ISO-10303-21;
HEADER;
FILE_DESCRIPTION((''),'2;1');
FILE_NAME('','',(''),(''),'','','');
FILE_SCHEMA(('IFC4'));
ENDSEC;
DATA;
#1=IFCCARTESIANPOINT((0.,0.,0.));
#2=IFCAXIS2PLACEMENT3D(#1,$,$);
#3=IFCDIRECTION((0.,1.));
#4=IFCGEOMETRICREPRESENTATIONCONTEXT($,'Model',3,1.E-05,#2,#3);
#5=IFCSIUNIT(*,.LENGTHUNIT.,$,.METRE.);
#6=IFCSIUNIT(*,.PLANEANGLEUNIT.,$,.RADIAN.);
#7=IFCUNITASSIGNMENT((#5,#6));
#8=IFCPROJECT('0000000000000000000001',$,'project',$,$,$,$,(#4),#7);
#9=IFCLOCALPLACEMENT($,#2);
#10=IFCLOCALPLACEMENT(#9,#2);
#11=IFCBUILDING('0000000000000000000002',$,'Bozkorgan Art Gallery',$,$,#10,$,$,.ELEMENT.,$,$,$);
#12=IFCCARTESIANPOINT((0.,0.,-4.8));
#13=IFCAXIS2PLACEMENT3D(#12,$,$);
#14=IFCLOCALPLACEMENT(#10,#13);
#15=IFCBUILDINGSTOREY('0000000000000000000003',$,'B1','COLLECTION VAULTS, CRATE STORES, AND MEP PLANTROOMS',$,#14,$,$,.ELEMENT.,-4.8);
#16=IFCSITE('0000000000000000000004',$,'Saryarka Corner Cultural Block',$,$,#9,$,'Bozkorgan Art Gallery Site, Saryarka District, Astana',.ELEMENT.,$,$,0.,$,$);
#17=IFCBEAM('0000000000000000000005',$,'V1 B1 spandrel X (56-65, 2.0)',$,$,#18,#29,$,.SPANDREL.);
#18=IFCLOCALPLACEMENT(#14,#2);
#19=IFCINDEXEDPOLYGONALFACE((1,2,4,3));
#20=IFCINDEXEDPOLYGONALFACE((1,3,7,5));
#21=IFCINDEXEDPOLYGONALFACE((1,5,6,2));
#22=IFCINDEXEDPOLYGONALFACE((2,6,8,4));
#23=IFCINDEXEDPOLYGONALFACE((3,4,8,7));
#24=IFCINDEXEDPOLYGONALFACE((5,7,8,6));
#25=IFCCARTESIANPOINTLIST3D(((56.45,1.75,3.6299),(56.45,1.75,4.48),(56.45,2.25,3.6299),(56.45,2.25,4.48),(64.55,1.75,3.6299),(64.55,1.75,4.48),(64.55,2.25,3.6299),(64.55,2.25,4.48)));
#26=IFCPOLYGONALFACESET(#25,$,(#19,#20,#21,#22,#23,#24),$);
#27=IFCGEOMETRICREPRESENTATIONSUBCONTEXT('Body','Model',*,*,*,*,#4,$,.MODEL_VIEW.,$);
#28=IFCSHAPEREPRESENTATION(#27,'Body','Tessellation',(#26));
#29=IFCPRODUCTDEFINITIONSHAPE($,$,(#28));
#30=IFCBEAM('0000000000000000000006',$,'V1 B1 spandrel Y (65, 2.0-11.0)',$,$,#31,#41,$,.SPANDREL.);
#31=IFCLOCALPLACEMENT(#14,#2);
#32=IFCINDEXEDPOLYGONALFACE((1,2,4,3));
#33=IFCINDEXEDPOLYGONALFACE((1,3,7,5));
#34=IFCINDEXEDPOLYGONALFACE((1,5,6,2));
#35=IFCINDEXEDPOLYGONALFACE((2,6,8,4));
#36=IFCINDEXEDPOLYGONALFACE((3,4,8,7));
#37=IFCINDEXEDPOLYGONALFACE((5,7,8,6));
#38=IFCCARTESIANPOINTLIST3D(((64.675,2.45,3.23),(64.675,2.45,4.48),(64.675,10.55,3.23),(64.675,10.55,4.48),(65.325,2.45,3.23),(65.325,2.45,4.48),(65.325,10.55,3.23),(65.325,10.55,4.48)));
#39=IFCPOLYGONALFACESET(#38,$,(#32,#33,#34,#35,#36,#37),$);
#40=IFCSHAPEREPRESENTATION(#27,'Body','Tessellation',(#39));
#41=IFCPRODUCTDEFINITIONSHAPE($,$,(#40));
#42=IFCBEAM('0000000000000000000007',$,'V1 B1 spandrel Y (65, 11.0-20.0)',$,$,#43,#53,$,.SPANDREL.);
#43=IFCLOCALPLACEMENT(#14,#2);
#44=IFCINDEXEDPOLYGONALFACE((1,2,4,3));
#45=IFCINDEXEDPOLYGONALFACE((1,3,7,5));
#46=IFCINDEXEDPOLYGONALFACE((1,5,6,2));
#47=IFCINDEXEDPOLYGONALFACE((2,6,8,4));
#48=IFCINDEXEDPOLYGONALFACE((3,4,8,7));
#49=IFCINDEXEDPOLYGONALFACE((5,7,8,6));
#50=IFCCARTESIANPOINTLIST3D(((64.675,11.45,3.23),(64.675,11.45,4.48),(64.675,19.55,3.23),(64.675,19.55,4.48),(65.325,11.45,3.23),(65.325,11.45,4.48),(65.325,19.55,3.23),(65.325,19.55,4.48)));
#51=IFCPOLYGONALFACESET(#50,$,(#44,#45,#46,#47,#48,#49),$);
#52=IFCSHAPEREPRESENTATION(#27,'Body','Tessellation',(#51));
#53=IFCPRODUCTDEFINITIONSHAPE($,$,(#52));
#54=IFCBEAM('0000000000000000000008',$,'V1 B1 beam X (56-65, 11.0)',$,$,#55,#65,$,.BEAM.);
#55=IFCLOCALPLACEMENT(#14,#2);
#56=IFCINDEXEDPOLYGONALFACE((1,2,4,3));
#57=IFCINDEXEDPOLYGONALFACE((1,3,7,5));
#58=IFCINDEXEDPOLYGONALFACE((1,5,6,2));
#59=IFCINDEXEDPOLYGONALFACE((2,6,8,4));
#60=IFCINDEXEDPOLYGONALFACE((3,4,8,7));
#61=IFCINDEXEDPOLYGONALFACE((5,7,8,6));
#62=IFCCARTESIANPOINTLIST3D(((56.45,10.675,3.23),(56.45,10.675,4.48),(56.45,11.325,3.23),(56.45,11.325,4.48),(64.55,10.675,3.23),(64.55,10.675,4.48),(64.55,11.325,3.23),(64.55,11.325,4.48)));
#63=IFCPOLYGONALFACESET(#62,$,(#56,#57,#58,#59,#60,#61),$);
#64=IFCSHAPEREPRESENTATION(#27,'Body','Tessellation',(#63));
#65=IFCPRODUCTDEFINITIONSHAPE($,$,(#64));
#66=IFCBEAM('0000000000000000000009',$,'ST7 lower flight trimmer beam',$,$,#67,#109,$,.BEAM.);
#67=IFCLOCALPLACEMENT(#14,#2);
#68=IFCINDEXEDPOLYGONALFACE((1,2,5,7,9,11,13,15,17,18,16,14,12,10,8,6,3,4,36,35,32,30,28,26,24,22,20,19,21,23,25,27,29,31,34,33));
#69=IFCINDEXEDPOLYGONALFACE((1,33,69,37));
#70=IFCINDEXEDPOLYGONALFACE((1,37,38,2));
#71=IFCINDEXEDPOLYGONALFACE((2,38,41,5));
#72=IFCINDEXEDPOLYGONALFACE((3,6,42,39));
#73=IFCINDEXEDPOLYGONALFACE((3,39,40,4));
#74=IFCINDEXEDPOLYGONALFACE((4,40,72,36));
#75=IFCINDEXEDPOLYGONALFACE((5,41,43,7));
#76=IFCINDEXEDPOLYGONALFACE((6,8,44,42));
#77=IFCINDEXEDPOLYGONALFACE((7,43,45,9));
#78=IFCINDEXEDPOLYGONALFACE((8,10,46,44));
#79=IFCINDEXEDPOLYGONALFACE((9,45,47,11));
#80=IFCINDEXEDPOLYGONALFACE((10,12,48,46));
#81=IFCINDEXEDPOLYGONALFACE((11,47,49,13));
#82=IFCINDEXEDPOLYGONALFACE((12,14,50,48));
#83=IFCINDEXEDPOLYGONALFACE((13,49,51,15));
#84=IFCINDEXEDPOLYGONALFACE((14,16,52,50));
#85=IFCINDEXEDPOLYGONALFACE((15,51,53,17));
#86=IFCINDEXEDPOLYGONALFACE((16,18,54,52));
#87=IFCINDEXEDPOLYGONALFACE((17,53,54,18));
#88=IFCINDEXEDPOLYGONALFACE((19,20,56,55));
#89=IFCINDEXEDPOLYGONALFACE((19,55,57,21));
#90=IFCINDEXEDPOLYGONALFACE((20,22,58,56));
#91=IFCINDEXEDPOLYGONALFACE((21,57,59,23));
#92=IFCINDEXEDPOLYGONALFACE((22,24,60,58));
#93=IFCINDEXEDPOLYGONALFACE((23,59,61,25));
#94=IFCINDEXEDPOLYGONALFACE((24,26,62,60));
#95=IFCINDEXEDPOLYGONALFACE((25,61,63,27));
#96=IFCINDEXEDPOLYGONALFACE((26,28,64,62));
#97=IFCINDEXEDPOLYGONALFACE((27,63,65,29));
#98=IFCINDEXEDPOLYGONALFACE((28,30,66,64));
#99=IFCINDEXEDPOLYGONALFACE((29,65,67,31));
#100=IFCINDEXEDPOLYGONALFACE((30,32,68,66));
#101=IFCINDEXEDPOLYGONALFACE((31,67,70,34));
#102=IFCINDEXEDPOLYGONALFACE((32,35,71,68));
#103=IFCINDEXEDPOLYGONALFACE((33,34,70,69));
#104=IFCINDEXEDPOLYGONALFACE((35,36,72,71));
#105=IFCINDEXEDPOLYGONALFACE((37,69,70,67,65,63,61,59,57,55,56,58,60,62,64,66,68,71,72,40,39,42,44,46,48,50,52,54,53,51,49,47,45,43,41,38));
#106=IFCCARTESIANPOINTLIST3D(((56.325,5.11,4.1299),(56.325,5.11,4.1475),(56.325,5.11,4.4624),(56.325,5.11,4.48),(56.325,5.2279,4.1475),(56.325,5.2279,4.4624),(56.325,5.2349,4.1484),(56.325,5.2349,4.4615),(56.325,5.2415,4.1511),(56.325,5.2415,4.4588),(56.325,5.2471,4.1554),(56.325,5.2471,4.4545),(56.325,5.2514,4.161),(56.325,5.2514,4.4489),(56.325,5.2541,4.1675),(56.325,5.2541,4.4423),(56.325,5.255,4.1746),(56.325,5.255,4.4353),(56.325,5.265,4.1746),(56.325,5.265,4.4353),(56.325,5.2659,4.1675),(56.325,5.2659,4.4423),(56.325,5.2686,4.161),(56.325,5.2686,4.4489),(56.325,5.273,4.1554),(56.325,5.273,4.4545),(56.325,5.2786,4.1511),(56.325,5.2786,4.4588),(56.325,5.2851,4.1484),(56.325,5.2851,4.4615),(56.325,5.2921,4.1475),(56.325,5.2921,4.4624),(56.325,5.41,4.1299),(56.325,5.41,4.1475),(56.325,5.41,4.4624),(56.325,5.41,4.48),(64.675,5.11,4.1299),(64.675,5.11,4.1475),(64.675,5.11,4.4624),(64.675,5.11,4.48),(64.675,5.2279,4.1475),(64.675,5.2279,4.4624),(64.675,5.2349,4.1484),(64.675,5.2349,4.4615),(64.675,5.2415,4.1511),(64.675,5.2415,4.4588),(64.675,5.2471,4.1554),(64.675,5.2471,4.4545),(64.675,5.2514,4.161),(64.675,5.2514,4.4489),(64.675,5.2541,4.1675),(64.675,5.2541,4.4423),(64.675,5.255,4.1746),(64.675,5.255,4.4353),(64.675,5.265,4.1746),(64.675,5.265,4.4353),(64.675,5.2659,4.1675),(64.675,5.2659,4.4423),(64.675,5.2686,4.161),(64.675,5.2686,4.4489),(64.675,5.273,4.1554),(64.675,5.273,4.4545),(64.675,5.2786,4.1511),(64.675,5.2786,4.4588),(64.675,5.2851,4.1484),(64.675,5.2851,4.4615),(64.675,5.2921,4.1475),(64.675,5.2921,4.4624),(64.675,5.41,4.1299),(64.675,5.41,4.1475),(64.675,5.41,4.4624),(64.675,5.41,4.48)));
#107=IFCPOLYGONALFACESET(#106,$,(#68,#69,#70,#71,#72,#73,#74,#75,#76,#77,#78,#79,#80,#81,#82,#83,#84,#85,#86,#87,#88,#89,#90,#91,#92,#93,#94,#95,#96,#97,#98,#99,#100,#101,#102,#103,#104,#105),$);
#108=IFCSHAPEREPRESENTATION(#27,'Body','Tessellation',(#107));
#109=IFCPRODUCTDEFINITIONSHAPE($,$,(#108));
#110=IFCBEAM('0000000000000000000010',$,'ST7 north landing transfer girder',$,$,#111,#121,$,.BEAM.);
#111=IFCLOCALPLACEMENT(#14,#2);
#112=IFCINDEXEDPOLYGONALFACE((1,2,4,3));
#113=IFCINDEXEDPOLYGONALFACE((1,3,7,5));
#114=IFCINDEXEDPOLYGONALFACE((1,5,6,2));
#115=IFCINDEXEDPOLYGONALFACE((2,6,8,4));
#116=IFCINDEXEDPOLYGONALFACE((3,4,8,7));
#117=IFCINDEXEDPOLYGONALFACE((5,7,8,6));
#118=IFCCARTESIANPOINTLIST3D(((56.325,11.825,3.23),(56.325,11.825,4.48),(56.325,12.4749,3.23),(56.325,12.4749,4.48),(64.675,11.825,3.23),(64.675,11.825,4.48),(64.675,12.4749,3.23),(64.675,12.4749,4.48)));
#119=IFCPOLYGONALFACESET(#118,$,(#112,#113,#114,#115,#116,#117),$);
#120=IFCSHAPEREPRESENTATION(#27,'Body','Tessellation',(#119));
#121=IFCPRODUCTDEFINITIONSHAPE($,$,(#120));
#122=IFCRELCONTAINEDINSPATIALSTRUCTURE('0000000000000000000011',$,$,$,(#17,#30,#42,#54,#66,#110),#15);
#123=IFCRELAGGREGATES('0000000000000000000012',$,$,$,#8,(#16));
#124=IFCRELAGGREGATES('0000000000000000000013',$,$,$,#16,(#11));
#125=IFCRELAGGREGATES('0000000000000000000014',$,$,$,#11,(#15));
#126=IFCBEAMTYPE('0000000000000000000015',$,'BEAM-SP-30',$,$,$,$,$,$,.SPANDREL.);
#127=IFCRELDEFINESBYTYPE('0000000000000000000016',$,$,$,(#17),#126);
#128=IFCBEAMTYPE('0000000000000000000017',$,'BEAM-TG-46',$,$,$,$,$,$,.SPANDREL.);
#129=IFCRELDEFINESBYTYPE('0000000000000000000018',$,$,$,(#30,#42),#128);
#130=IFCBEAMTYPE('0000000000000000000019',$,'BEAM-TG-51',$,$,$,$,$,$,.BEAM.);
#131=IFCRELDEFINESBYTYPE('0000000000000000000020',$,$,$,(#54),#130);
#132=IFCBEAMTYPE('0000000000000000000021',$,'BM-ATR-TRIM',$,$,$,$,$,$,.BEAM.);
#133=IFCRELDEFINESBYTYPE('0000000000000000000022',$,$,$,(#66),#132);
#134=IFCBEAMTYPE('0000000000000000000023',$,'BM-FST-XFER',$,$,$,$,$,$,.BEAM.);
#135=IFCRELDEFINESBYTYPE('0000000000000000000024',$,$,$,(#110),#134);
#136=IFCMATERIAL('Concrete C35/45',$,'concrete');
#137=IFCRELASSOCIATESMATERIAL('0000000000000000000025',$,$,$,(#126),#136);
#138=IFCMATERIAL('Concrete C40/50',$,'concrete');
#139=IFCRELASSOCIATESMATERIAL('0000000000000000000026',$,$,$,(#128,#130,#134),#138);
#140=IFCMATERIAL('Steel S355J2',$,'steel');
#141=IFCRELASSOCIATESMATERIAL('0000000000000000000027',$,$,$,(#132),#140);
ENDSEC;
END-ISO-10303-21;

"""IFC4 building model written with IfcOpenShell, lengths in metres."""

from ifc_helpers import new_model, si_unit, direction, frame, origin, origin_2d, place, context, subcontext, project, spatial, rectangle, i_section, extrude, material, material_profile, profile_set, type_object, element, save


model = new_model("IFC4")

# Units and contexts
model_context = context("Model", 3, precision=1e-05, world=origin(), true_north=direction((0.0, 1.0)))
body_context = subcontext(model_context, "Body", "Model", "MODEL_VIEW")
ifc_project = project(units=[si_unit("LENGTHUNIT", "METRE"), si_unit("PLANEANGLEUNIT", "RADIAN")], contexts=[model_context])

# Site, building, storey
site_placement = place(None, origin())
site = spatial("IfcSite", under=ifc_project, at=site_placement, Name="Saryarka Corner Cultural Block", LongName="Bozkorgan Art Gallery Site, Saryarka District, Astana", CompositionType="ELEMENT", RefElevation=0.0)
building_placement = place(site_placement, origin())
building = spatial("IfcBuilding", under=site, at=building_placement, Name="Bozkorgan Art Gallery", CompositionType="ELEMENT")
storey_placement = place(building_placement, frame((0.0, 0.0, -4.8)))
storey = spatial("IfcBuildingStorey", under=building, at=storey_placement, Name="B1", Description="COLLECTION VAULTS, CRATE STORES, AND MEP PLANTROOMS", CompositionType="ELEMENT", Elevation=-4.8)

# Shared definitions
ifc_material_1 = material(Name="Concrete C40/50", Category="concrete")

# Beams
ifc_material_2 = material(Name="Steel S355J2", Category="steel")
ifc_material_3 = material(Name="Concrete C35/45", Category="concrete")
ifc_material_profile_1 = material_profile(ifc_material_3, rectangle(XDim=0.5, YDim=0.8501, at=origin_2d()), Name="RC 500x850")
ifc_profile_set_1 = profile_set([ifc_material_profile_1], Name="Concrete C35/45")
beam_type_1 = type_object("IfcBeamType", Name="BEAM-SP-30", PredefinedType="SPANDREL", material=ifc_profile_set_1)
beam_1_placement = place(storey_placement, frame((56.45, 2.0, 4.0549), z_axis=(1.0, 0.0, 0.0), x_axis=(0.0, 1.0, 0.0)))
element("IfcBeam", 1, at=beam_1_placement, inside=storey, type_object=beam_type_1, Name="V1 B1 spandrel X (56-65, 2.0)", PredefinedType="SPANDREL", context=body_context, shape_type="SweptSolid", body=[
    extrude(rectangle(XDim=0.5, YDim=0.8501, at=origin_2d()), origin(), (0.0, 0.0, 1.0), 8.1001),
])
ifc_material_profile_2 = material_profile(ifc_material_1, rectangle(XDim=0.6499, YDim=1.25, at=origin_2d()), Name="RC 650x1250")
ifc_profile_set_2 = profile_set([ifc_material_profile_2], Name="Concrete C40/50")
beam_type_2 = type_object("IfcBeamType", Name="BEAM-TG-46", PredefinedType="SPANDREL", material=ifc_profile_set_2)
for number, where, z_axis, x_axis, name in (
    (2, (65.0, 2.45, 3.855), (0.0, 1.0, 0.0), (-1.0, 0.0, 0.0), "V1 B1 spandrel Y (65, 2.0-11.0)"),
    (3, (65.0, 11.45, 3.855), (0.0, 1.0, 0.0), (-1.0, 0.0, 0.0), "V1 B1 spandrel Y (65, 11.0-20.0)"),
):
    element("IfcBeam", number, at=place(storey_placement, frame(where, z_axis=z_axis, x_axis=x_axis)), inside=storey, type_object=beam_type_2, Name=name, PredefinedType="SPANDREL", context=body_context, shape_type="SweptSolid", body=[
        extrude(rectangle(XDim=0.6499, YDim=1.25, at=origin_2d()), origin(), (0.0, 0.0, 1.0), 8.1001),
    ])
ifc_material_profile_3 = material_profile(ifc_material_1, rectangle(XDim=0.6499, YDim=1.25, at=origin_2d()), Name="RC 650x1250")
ifc_profile_set_3 = profile_set([ifc_material_profile_3], Name="Concrete C40/50")
beam_type_3 = type_object("IfcBeamType", Name="BEAM-TG-51", PredefinedType="BEAM", material=ifc_profile_set_3)
beam_2_placement = place(storey_placement, frame((56.45, 11.0, 3.855), z_axis=(1.0, 0.0, 0.0), x_axis=(0.0, 1.0, 0.0)))
element("IfcBeam", 4, at=beam_2_placement, inside=storey, type_object=beam_type_3, Name="V1 B1 beam X (56-65, 11.0)", PredefinedType="BEAM", context=body_context, shape_type="SweptSolid", body=[
    extrude(rectangle(XDim=0.6499, YDim=1.25, at=origin_2d()), origin(), (0.0, 0.0, 1.0), 8.1001),
])
ifc_material_profile_4 = material_profile(ifc_material_2, i_section(OverallWidth=0.3, OverallDepth=0.3501, WebThickness=0.01, FlangeThickness=0.0176, FilletRadius=0.0271, at=origin_2d()), Name="HEA 360")
ifc_profile_set_4 = profile_set([ifc_material_profile_4], Name="Steel S355J2")
beam_type_4 = type_object("IfcBeamType", Name="BM-ATR-TRIM", PredefinedType="BEAM", material=ifc_profile_set_4)
beam_3_placement = place(storey_placement, frame((56.325, 5.26, 4.3049), z_axis=(1.0, 0.0, 0.0), x_axis=(0.0, 1.0, 0.0)))
element("IfcBeam", 5, at=beam_3_placement, inside=storey, type_object=beam_type_4, Name="ST7 lower flight trimmer beam", PredefinedType="BEAM", context=body_context, shape_type="SweptSolid", body=[
    extrude(i_section(OverallWidth=0.3, OverallDepth=0.3501, WebThickness=0.01, FlangeThickness=0.0176, FilletRadius=0.0271, at=origin_2d()), origin(), (0.0, 0.0, 1.0), 8.3501),
])
ifc_material_profile_5 = material_profile(ifc_material_1, rectangle(XDim=0.6499, YDim=1.25, at=origin_2d()), Name="RC 650x1250")
ifc_profile_set_5 = profile_set([ifc_material_profile_5], Name="Concrete C40/50")
beam_type_5 = type_object("IfcBeamType", Name="BM-FST-XFER", PredefinedType="BEAM", material=ifc_profile_set_5)
beam_4_placement = place(storey_placement, frame((56.325, 12.1499, 3.855), z_axis=(1.0, 0.0, 0.0), x_axis=(0.0, 1.0, 0.0)))
element("IfcBeam", 6, at=beam_4_placement, inside=storey, type_object=beam_type_5, Name="ST7 north landing transfer girder", PredefinedType="BEAM", context=body_context, shape_type="SweptSolid", body=[
    extrude(rectangle(XDim=0.6499, YDim=1.25, at=origin_2d()), origin(), (0.0, 0.0, 1.0), 8.3501),
])

save(model, "model.ifc")
